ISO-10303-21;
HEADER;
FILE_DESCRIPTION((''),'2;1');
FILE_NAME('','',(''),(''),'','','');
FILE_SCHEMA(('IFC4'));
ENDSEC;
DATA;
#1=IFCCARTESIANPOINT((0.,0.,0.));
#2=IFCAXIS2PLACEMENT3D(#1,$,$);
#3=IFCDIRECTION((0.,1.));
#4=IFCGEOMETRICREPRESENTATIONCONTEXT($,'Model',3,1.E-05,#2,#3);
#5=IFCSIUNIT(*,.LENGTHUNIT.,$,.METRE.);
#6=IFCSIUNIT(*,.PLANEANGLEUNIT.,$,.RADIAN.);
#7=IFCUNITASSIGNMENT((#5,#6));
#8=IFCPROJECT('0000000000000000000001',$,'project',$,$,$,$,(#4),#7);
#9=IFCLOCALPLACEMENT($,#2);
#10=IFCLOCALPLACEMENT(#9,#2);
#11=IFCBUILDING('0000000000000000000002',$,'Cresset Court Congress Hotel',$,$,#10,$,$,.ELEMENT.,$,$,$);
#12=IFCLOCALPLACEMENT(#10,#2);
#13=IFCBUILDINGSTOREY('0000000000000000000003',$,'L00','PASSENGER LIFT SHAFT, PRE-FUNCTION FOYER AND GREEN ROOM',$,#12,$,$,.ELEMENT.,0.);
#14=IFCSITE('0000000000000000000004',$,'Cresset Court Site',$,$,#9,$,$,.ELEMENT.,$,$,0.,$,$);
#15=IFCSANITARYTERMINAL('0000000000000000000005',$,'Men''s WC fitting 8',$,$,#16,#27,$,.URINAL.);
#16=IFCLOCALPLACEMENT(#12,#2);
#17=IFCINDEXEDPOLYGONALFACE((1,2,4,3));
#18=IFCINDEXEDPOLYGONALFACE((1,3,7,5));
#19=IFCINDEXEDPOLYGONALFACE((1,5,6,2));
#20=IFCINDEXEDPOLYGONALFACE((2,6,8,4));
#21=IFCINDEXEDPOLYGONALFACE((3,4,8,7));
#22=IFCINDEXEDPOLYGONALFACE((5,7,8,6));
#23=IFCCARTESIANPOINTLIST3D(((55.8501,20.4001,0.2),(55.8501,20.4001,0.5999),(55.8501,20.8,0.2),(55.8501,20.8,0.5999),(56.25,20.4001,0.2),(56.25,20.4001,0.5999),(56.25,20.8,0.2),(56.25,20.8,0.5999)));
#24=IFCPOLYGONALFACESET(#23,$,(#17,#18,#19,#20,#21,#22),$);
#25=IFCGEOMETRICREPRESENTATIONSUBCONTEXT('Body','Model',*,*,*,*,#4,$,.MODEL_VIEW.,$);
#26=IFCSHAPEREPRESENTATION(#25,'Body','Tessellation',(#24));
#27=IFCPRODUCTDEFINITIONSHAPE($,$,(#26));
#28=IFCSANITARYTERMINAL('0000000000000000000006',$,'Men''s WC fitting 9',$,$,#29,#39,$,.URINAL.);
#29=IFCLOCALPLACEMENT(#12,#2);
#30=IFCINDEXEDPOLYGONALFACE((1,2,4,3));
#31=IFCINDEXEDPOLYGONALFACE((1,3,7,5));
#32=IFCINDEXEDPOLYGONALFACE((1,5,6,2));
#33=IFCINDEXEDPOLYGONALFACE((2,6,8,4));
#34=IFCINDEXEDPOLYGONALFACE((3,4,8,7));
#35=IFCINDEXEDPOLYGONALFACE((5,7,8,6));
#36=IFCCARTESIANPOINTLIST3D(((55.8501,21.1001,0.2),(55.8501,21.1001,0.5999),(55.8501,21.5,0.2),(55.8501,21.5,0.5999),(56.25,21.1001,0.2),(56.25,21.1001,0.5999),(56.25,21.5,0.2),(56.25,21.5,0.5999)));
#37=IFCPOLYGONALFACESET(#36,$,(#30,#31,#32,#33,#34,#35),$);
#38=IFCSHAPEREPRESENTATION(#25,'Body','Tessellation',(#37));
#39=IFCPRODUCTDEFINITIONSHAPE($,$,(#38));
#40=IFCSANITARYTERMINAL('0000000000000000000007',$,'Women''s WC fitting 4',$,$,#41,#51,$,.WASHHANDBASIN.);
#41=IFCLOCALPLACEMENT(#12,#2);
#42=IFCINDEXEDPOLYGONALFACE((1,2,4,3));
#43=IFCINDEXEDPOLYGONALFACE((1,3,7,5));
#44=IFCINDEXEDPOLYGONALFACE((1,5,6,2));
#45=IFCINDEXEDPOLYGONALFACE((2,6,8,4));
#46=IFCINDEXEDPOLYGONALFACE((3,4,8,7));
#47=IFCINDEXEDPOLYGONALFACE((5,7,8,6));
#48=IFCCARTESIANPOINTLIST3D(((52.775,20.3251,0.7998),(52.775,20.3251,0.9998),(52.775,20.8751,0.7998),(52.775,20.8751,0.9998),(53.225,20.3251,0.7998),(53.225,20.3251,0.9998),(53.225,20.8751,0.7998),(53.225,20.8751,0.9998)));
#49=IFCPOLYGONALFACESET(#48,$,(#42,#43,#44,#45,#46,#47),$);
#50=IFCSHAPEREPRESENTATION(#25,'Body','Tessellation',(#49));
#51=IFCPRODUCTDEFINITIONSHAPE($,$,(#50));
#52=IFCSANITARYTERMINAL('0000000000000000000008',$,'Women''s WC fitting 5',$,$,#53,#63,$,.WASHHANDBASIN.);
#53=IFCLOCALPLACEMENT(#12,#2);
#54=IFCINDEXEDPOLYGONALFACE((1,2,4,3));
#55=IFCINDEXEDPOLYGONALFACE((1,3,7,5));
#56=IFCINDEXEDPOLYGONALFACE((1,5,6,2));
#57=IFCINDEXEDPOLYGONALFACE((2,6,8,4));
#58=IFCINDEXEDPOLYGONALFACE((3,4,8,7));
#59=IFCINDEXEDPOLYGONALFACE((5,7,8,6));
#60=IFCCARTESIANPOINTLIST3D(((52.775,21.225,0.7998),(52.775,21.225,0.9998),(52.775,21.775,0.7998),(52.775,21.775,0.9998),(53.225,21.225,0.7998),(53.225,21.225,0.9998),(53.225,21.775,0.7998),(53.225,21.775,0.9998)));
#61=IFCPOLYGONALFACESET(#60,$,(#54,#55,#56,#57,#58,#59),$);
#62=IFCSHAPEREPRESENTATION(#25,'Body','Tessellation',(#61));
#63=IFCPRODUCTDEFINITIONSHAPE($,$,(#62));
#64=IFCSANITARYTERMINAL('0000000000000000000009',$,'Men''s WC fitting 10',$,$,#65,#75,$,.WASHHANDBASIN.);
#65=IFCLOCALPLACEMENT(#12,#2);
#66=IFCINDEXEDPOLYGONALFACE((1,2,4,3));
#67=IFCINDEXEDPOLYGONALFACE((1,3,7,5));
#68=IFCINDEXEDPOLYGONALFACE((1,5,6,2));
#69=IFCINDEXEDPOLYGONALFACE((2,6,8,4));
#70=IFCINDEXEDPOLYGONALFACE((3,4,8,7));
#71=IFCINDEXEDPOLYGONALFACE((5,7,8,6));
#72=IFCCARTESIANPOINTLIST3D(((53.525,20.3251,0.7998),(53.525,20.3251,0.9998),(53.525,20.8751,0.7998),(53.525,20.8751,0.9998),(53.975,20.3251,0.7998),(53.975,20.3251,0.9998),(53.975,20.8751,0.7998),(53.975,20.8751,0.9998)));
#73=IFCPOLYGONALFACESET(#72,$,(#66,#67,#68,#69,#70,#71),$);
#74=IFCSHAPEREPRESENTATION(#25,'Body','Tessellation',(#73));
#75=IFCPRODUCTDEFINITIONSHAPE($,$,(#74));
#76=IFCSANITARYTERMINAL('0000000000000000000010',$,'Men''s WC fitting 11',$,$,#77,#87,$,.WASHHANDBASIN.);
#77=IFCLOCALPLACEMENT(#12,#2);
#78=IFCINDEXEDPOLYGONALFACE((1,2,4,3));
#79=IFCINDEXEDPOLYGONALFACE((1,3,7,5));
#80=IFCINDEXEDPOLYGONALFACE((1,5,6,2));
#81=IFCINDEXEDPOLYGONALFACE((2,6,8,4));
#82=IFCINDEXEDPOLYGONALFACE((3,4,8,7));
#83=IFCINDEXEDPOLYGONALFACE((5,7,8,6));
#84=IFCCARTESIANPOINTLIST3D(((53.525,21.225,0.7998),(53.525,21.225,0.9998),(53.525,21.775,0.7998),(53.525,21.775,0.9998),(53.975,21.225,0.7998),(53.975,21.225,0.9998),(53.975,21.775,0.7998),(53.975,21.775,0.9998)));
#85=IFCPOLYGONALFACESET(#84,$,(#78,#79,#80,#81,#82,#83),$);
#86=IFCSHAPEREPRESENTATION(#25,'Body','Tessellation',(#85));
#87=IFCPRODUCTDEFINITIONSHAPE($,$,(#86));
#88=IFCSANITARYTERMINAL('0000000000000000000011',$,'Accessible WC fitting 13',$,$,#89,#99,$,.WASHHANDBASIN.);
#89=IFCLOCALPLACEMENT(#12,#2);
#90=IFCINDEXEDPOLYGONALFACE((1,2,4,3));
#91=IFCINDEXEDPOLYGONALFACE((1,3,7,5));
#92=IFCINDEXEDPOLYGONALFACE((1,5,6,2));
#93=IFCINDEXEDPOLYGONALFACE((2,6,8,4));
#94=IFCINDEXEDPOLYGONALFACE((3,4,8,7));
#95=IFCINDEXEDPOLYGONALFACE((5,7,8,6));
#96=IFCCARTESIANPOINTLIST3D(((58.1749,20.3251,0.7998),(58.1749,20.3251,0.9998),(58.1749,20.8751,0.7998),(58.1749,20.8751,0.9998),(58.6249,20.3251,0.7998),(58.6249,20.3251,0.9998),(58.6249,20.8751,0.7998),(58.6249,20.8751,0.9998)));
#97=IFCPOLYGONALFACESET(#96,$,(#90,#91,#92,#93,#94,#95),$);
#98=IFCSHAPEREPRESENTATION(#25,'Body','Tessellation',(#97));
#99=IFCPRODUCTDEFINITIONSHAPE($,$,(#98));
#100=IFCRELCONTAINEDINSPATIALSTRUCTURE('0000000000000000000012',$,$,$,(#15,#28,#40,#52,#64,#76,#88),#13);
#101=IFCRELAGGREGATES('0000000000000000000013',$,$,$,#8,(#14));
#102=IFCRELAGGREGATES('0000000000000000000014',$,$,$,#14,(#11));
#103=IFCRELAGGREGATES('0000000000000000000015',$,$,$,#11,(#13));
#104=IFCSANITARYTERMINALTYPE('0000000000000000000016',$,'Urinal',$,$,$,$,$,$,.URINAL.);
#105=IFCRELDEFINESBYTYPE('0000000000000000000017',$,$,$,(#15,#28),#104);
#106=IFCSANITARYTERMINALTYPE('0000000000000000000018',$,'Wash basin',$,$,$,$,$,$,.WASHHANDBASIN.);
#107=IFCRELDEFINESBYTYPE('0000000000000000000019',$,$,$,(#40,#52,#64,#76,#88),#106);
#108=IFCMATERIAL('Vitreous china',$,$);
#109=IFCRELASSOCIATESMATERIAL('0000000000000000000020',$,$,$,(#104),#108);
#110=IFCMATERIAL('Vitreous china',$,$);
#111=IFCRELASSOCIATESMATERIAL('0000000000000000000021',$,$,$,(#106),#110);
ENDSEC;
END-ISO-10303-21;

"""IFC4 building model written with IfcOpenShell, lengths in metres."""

from ifc_helpers import new_model, si_unit, direction, frame, origin, origin_2d, place, context, subcontext, project, spatial, rectangle, extrude, material, type_object, element, save


model = new_model("IFC4")

# Units and contexts
model_context = context("Model", 3, precision=1e-05, world=origin(), true_north=direction((0.0, 1.0)))
body_context = subcontext(model_context, "Body", "Model", "MODEL_VIEW")
ifc_project = project(units=[si_unit("LENGTHUNIT", "METRE"), si_unit("PLANEANGLEUNIT", "RADIAN")], contexts=[model_context])

# Site, building, storey
site_placement = place(None, origin())
site = spatial("IfcSite", under=ifc_project, at=site_placement, Name="Cresset Court Site", CompositionType="ELEMENT", RefElevation=0.0)
building_placement = place(site_placement, origin())
building = spatial("IfcBuilding", under=site, at=building_placement, Name="Cresset Court Congress Hotel", CompositionType="ELEMENT")
storey_placement = place(building_placement, origin())
storey = spatial("IfcBuildingStorey", under=building, at=storey_placement, Name="L00", Description="PASSENGER LIFT SHAFT, PRE-FUNCTION FOYER AND GREEN ROOM", CompositionType="ELEMENT", Elevation=0.0)

# Sanitary terminals
ifc_material_1 = material(Name="Vitreous china")
sanitary_terminal_type_1 = type_object("IfcSanitaryTerminalType", Name="Urinal", PredefinedType="URINAL", material=ifc_material_1)
for number, where, z_axis, x_axis, name in (
    (1, (56.05, 20.6001, 0.2), (0.0, 0.0, 1.0), (1.0, 0.0, 0.0), "Men's WC fitting 8"),
    (2, (56.05, 21.3, 0.2), (0.0, 0.0, 1.0), (1.0, 0.0, 0.0), "Men's WC fitting 9"),
):
    element("IfcSanitaryTerminal", number, at=place(storey_placement, frame(where, z_axis=z_axis, x_axis=x_axis)), inside=storey, type_object=sanitary_terminal_type_1, Name=name, PredefinedType="URINAL", context=body_context, shape_type="SweptSolid", body=[
        extrude(rectangle(XDim=0.3999, YDim=0.3999, at=origin_2d()), origin(), (0.0, 0.0, 1.0), 0.3999),
    ])
ifc_material_2 = material(Name="Vitreous china")
sanitary_terminal_type_2 = type_object("IfcSanitaryTerminalType", Name="Wash basin", PredefinedType="WASHHANDBASIN", material=ifc_material_2)
for number, where, z_axis, x_axis, name in (
    (3, (53.0, 20.6001, 0.7998), (0.0, 0.0, 1.0), (1.0, 0.0, 0.0), "Women's WC fitting 4"),
    (4, (53.0, 21.5, 0.7998), (0.0, 0.0, 1.0), (1.0, 0.0, 0.0), "Women's WC fitting 5"),
    (5, (53.75, 20.6001, 0.7998), (0.0, 0.0, 1.0), (1.0, 0.0, 0.0), "Men's WC fitting 10"),
    (6, (53.75, 21.5, 0.7998), (0.0, 0.0, 1.0), (1.0, 0.0, 0.0), "Men's WC fitting 11"),
    (7, (58.3999, 20.6001, 0.7998), (0.0, 0.0, 1.0), (1.0, 0.0, 0.0), "Accessible WC fitting 13"),
):
    element("IfcSanitaryTerminal", number, at=place(storey_placement, frame(where, z_axis=z_axis, x_axis=x_axis)), inside=storey, type_object=sanitary_terminal_type_2, Name=name, PredefinedType="WASHHANDBASIN", context=body_context, shape_type="SweptSolid", body=[
        extrude(rectangle(XDim=0.45, YDim=0.55, at=origin_2d()), origin(), (0.0, 0.0, 1.0), 0.2),
    ])

save(model, "model.ifc")
